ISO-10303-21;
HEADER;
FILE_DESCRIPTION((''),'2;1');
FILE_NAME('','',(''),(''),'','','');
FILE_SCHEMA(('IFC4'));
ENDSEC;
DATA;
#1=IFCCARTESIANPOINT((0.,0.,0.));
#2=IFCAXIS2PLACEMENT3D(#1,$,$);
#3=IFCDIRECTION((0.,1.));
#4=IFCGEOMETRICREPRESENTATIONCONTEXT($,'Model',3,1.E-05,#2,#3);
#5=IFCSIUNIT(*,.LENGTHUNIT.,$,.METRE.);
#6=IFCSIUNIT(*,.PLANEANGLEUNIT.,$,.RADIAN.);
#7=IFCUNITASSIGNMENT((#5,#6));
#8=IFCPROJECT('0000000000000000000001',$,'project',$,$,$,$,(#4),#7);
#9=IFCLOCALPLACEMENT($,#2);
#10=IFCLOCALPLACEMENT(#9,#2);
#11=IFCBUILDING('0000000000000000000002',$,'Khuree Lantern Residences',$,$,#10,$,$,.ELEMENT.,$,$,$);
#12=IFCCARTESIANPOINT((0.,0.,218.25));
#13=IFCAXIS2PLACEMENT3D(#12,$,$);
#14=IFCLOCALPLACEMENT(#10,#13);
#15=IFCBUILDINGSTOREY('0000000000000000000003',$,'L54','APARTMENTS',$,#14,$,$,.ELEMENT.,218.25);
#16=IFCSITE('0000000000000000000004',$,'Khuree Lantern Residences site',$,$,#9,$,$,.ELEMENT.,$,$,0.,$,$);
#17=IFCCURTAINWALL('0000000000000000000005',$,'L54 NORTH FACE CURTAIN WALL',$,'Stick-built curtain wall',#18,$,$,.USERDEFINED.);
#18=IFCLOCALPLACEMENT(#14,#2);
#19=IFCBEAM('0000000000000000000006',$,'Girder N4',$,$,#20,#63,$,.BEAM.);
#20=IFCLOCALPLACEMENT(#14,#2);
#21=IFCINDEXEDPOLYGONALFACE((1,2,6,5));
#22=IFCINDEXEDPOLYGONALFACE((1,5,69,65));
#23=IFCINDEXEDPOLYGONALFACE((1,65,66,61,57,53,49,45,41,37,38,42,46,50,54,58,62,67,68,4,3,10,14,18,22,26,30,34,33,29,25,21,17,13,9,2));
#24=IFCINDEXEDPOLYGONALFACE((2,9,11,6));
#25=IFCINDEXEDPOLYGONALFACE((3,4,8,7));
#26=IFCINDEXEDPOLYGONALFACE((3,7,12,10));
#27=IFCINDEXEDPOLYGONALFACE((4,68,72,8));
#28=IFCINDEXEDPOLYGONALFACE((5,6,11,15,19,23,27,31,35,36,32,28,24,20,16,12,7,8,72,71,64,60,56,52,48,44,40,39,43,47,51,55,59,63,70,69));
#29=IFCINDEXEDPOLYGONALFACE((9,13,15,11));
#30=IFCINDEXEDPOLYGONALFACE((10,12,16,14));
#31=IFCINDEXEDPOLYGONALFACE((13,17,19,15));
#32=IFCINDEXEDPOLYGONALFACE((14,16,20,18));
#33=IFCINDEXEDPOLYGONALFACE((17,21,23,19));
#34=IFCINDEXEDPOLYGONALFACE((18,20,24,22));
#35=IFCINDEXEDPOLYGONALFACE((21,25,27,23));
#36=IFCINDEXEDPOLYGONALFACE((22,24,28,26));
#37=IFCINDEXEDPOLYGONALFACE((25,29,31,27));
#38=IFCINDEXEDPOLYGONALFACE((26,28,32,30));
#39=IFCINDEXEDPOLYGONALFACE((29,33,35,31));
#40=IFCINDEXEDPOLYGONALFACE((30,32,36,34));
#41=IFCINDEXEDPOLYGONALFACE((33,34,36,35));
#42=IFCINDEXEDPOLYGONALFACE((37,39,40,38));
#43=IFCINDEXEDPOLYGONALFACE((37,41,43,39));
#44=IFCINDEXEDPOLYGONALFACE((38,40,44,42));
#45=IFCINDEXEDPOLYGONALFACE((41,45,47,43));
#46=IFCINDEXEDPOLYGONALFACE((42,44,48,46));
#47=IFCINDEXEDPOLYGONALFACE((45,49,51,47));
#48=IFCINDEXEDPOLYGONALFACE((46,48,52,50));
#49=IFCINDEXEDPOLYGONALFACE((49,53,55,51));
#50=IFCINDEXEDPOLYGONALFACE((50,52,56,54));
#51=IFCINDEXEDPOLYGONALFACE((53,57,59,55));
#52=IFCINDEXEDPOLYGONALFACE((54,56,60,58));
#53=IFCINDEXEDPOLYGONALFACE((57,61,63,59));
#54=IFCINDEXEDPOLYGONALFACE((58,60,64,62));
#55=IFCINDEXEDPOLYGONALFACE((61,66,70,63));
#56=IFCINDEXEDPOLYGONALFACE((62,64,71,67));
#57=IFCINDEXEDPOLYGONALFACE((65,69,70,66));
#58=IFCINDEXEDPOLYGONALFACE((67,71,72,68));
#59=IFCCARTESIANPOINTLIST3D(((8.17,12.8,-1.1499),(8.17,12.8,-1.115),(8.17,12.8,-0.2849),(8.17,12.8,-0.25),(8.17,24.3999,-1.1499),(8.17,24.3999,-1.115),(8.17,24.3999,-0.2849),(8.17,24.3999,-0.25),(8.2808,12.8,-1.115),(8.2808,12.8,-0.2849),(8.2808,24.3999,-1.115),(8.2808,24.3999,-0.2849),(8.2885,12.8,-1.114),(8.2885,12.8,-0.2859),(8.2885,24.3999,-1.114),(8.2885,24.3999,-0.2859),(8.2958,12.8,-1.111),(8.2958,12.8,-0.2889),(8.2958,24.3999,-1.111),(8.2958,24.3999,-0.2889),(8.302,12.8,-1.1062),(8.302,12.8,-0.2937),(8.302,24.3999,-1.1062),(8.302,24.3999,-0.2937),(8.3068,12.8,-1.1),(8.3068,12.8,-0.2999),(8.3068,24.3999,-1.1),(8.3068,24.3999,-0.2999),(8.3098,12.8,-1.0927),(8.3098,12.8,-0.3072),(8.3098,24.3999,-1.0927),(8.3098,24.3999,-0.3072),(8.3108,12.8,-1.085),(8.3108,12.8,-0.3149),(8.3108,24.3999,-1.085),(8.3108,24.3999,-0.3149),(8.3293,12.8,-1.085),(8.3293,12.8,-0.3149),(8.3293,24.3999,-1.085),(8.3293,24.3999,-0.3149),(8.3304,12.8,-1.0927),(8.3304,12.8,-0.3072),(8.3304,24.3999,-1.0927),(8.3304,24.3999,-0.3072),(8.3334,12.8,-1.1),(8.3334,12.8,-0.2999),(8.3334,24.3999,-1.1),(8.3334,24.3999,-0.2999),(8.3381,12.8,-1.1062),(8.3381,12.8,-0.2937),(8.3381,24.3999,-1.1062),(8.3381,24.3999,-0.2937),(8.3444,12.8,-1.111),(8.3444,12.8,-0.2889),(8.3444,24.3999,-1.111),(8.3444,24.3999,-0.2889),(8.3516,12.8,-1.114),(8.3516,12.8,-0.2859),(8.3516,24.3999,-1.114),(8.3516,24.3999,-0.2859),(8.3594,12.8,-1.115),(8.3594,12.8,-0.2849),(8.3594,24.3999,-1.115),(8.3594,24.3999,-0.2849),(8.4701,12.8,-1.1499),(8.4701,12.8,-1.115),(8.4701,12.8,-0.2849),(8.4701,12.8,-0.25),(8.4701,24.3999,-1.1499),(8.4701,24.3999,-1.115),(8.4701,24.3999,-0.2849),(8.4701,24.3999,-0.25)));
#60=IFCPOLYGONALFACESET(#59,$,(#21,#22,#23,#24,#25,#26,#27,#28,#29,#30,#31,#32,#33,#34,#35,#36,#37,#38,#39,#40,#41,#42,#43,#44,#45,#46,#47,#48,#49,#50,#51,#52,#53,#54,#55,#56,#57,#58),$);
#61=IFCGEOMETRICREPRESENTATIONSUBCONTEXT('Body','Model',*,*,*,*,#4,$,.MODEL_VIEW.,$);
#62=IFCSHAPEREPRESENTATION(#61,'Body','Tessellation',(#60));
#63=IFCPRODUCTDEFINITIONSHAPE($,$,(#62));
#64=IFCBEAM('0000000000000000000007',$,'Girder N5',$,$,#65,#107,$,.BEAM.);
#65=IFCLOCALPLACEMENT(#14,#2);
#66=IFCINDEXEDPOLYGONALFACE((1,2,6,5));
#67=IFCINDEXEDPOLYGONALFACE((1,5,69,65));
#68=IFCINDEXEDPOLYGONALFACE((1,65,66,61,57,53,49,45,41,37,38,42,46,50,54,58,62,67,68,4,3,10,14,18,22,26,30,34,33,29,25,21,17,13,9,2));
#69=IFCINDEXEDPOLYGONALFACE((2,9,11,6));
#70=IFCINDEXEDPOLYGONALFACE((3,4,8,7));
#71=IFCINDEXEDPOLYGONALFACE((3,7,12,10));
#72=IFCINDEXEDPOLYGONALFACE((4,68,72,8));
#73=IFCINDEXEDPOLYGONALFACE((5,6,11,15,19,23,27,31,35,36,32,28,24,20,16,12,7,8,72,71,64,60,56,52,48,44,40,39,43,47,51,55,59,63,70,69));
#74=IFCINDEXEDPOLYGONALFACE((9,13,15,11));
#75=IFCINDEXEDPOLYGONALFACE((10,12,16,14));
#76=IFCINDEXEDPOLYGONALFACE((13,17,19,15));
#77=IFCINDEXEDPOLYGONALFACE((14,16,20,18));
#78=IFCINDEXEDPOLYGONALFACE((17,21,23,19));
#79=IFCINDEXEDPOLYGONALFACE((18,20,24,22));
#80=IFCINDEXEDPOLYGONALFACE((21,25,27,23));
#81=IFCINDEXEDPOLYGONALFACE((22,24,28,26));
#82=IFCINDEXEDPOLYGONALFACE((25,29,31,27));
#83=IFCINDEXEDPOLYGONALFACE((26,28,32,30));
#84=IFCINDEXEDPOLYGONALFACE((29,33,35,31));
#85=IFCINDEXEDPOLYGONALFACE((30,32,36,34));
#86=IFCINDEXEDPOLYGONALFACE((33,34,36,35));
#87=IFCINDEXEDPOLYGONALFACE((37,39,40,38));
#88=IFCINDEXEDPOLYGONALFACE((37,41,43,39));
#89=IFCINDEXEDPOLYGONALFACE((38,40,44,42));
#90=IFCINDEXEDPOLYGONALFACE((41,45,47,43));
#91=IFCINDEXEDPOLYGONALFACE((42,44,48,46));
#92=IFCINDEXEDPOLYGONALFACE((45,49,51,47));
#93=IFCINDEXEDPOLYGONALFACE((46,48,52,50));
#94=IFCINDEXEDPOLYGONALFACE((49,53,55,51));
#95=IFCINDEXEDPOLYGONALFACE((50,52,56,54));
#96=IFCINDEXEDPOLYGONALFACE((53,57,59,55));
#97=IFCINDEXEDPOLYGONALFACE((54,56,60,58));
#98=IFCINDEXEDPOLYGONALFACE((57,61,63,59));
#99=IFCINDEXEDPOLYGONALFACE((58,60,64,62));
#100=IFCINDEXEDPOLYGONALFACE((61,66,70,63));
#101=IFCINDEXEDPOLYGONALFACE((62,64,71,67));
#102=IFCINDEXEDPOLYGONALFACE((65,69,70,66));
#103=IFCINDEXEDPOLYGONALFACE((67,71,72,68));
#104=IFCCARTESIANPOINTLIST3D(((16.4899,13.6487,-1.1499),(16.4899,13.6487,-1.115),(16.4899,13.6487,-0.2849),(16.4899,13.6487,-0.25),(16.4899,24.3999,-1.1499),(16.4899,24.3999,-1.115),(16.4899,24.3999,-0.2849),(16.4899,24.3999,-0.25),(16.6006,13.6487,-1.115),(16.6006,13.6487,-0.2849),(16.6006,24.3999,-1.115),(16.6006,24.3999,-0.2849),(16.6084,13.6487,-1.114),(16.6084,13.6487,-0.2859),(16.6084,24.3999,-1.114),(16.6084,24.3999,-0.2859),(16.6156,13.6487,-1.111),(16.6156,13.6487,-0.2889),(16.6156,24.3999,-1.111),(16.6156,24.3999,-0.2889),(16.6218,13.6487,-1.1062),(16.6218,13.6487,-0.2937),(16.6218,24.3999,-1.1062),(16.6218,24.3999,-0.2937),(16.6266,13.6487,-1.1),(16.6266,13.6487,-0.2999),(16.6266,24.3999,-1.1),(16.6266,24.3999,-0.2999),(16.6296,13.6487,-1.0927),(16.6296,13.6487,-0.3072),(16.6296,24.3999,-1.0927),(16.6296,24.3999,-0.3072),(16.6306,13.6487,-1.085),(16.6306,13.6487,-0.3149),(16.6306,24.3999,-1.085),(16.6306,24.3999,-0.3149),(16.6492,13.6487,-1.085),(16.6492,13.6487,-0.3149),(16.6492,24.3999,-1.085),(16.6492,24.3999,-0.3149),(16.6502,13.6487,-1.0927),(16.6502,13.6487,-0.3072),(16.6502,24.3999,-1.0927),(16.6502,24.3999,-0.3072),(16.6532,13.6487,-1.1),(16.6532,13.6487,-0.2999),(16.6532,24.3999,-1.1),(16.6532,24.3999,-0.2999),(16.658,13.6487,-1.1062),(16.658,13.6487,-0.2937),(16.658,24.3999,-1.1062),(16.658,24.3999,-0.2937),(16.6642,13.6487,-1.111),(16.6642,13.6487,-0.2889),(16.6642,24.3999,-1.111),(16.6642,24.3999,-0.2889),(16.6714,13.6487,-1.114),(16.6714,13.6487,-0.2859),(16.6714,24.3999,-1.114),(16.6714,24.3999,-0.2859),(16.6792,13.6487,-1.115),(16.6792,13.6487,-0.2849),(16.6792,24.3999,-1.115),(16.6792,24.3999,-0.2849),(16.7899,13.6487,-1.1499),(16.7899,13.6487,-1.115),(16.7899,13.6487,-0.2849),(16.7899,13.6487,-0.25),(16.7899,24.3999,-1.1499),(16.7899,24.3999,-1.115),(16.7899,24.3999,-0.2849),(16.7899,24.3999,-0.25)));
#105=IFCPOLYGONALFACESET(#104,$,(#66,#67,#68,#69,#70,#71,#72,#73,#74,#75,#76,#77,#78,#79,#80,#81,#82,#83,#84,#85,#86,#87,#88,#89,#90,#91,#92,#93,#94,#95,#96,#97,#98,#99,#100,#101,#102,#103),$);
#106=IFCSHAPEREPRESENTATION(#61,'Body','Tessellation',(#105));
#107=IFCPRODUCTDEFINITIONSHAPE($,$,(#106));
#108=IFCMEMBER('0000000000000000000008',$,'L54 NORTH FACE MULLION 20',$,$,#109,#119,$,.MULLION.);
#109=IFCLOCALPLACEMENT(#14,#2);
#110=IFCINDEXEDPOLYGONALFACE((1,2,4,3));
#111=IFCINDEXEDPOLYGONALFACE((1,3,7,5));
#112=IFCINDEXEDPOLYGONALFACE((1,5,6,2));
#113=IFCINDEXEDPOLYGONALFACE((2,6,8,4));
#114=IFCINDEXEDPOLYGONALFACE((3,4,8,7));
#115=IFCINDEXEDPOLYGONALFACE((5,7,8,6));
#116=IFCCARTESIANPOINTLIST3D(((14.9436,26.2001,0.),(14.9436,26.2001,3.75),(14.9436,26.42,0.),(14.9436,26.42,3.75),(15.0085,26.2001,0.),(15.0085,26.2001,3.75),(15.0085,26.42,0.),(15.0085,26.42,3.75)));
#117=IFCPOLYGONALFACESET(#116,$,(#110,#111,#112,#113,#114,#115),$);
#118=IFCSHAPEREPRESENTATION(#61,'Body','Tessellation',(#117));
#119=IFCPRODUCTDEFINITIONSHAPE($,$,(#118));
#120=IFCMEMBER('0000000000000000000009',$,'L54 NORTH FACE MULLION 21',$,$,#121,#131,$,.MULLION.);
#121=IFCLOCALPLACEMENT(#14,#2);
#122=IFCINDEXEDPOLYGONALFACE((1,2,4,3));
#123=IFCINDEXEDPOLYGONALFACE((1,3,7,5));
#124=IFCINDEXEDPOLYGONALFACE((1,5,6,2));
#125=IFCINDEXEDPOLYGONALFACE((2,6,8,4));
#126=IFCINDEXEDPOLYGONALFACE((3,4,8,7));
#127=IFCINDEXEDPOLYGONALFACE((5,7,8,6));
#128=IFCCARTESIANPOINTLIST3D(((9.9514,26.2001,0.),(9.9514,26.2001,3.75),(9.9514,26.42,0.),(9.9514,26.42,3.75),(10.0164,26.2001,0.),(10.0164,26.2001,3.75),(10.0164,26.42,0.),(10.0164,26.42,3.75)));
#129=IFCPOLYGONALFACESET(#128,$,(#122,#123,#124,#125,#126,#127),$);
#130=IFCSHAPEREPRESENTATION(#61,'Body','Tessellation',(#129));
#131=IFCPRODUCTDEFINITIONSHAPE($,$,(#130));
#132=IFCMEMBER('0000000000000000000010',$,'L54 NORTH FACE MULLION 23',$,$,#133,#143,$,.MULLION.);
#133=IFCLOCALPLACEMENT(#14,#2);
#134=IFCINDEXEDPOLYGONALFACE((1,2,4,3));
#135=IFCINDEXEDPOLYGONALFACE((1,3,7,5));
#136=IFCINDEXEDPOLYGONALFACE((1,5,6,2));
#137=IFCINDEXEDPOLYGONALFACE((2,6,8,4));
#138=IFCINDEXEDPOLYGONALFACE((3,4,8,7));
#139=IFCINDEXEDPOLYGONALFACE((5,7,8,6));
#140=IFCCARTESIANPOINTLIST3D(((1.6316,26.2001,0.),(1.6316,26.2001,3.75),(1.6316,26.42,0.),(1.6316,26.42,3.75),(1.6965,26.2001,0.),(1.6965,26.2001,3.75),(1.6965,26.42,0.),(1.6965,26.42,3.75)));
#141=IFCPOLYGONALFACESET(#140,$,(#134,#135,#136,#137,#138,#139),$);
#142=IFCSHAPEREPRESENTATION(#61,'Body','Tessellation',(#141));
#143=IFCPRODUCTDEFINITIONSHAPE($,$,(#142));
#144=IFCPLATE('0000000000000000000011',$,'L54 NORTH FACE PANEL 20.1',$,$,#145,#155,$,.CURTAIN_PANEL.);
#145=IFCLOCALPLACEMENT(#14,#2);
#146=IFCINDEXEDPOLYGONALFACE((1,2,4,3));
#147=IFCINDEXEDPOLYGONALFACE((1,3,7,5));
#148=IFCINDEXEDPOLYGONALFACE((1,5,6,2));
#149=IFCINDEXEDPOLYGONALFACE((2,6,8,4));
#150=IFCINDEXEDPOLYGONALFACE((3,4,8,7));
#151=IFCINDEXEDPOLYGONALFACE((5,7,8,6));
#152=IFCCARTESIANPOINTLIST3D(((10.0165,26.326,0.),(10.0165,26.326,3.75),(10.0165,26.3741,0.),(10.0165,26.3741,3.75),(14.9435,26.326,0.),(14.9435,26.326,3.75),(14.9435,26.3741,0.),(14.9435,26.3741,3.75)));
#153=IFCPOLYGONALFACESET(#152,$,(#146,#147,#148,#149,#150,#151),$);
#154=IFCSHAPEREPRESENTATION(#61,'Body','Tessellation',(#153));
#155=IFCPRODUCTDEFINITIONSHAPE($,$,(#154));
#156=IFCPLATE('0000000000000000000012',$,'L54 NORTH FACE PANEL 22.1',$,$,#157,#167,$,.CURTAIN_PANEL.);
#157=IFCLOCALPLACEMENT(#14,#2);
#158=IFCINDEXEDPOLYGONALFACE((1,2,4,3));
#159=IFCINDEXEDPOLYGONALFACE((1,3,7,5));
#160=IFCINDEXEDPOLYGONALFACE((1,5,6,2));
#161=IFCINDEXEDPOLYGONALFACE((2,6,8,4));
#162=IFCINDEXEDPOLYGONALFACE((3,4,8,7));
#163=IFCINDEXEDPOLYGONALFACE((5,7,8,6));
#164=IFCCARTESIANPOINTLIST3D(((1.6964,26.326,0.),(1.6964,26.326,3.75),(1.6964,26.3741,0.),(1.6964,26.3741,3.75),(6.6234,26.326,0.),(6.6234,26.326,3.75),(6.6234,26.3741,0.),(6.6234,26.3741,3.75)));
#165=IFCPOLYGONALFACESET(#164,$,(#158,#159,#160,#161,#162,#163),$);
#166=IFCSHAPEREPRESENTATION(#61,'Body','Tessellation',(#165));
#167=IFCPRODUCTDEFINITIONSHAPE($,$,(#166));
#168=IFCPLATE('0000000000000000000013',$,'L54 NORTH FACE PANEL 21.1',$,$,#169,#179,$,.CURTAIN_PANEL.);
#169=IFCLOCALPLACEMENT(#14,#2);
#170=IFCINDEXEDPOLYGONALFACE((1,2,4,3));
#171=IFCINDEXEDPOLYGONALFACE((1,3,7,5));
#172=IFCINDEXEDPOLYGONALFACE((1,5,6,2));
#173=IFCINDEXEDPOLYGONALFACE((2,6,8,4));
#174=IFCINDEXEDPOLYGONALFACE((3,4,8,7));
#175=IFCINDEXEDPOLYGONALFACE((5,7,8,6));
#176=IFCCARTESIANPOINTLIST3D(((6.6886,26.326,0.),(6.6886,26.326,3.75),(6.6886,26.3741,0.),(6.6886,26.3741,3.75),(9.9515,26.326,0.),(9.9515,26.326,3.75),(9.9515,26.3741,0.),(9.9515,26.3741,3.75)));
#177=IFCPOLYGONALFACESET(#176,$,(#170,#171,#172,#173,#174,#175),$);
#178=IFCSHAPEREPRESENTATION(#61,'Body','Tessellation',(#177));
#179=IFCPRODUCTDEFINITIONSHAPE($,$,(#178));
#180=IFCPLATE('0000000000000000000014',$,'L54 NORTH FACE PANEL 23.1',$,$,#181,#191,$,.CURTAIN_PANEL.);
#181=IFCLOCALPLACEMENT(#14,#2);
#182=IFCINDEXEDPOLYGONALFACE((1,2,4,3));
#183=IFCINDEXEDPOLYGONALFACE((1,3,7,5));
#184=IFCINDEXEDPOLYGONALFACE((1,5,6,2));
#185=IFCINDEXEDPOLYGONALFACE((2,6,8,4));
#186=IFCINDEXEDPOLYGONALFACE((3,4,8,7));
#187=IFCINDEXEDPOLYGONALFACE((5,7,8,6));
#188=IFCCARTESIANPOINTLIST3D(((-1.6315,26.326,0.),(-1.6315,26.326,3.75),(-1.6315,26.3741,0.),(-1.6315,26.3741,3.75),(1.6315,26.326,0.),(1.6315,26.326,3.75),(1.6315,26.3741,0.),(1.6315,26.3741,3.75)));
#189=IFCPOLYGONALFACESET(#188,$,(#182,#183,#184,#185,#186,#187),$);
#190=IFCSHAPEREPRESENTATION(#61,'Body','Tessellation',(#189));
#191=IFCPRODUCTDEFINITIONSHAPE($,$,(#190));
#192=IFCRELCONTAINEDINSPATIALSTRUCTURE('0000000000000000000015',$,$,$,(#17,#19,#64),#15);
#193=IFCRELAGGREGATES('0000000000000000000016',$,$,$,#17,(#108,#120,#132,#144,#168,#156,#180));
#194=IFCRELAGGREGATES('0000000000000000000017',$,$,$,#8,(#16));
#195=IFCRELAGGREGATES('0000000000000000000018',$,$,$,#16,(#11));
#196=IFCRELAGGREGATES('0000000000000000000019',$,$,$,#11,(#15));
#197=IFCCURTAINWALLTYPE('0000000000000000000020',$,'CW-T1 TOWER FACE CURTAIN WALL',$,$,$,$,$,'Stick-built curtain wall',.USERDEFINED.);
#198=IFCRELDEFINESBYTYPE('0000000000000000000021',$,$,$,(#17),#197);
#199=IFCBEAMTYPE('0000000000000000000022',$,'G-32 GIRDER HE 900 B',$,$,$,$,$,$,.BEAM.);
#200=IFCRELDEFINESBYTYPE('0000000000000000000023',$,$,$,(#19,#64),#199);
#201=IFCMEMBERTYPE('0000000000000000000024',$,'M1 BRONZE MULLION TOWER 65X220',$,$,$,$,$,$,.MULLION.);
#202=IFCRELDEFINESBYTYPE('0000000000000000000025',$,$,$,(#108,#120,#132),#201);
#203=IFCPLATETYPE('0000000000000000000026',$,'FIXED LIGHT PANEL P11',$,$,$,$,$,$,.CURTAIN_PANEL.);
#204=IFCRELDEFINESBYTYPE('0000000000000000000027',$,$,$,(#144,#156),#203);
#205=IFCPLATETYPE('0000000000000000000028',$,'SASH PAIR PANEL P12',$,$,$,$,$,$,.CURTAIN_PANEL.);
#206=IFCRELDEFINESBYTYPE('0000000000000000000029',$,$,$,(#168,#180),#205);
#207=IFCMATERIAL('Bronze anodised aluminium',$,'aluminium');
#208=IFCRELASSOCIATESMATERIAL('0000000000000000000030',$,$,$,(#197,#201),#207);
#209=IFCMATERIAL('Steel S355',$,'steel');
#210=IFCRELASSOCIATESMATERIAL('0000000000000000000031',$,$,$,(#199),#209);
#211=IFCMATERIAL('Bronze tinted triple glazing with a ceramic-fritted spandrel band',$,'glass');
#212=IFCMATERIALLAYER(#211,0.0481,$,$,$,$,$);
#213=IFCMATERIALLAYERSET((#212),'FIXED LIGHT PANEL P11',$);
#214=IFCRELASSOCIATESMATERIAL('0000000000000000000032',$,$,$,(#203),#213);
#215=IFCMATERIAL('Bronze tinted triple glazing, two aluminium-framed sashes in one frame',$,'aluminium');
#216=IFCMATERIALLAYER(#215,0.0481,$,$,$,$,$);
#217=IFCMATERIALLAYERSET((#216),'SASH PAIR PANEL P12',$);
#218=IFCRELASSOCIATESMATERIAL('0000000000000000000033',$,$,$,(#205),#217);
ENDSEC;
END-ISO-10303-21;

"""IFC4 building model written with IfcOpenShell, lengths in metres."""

from ifc_helpers import new_model, si_unit, direction, frame, origin, origin_2d, place, context, subcontext, project, spatial, rectangle, i_section, extrude, material, layer, layer_set, material_profile, profile_set, type_object, element, aggregate, save


model = new_model("IFC4")

# Units and contexts
model_context = context("Model", 3, precision=1e-05, world=origin(), true_north=direction((0.0, 1.0)))
body_context = subcontext(model_context, "Body", "Model", "MODEL_VIEW")
ifc_project = project(units=[si_unit("LENGTHUNIT", "METRE"), si_unit("PLANEANGLEUNIT", "RADIAN")], contexts=[model_context])

# Site, building, storey
site_placement = place(None, origin())
site = spatial("IfcSite", under=ifc_project, at=site_placement, Name="Khuree Lantern Residences site", CompositionType="ELEMENT", RefElevation=0.0)
building_placement = place(site_placement, origin())
building = spatial("IfcBuilding", under=site, at=building_placement, Name="Khuree Lantern Residences", CompositionType="ELEMENT")
storey_placement = place(building_placement, frame((0.0, 0.0, 218.25)))
storey = spatial("IfcBuildingStorey", under=building, at=storey_placement, Name="L54", Description="APARTMENTS", CompositionType="ELEMENT", Elevation=218.25)

# Shared definitions
ifc_material_1 = material(Name="Steel S355", Category="steel")

# Curtain wall
ifc_material_2 = material(Name="Bronze anodised aluminium", Category="aluminium")
curtain_wall_type = type_object("IfcCurtainWallType", Name="CW-T1 TOWER FACE CURTAIN WALL", ElementType="Stick-built curtain wall", PredefinedType="USERDEFINED", material=ifc_material_2)
curtain_wall_placement = place(storey_placement, origin())
curtain_wall = element("IfcCurtainWall", 1, at=curtain_wall_placement, inside=storey, type_object=curtain_wall_type, Name="L54 NORTH FACE CURTAIN WALL", ObjectType="Stick-built curtain wall", PredefinedType="USERDEFINED")

# Beams
ifc_material_profile_1 = material_profile(ifc_material_1, i_section(OverallWidth=0.3, OverallDepth=0.8999, WebThickness=0.0186, FlangeThickness=0.0349, FilletRadius=0.03, at=origin_2d()), Name="HE 900 B")
ifc_profile_set_1 = profile_set([ifc_material_profile_1], Name="Steel S355")
beam_type_1 = type_object("IfcBeamType", Name="G-32 GIRDER HE 900 B", PredefinedType="BEAM", material=ifc_profile_set_1)
for number, where, z_axis, x_axis, name in (
    (2, (8.3201, 24.3999, -0.7), (0.0, -1.0, 0.0), (1.0, 0.0, 0.0), "Girder N4"),
):
    element("IfcBeam", number, at=place(storey_placement, frame(where, z_axis=z_axis, x_axis=x_axis)), inside=storey, type_object=beam_type_1, Name=name, PredefinedType="BEAM", context=body_context, shape_type="SweptSolid", body=[
        extrude(i_section(OverallWidth=0.3, OverallDepth=0.8999, WebThickness=0.0186, FlangeThickness=0.0349, FilletRadius=0.03, at=origin_2d()), origin(), (0.0, 0.0, 1.0), 11.5999),
    ])
beam_1_placement = place(storey_placement, frame((16.6399, 24.3999, -0.7), z_axis=(0.0, -1.0, 0.0), x_axis=(1.0, 0.0, 0.0)))
element("IfcBeam", 3, at=beam_1_placement, inside=storey, type_object=beam_type_1, Name="Girder N5", PredefinedType="BEAM", context=body_context, shape_type="SweptSolid", body=[
    extrude(i_section(OverallWidth=0.3, OverallDepth=0.8999, WebThickness=0.0186, FlangeThickness=0.0349, FilletRadius=0.03, at=origin_2d()), origin(), (0.0, 0.0, 1.0), 10.7512),
])

# Members
ifc_material_profile_2 = material_profile(ifc_material_2, rectangle(XDim=0.0649, YDim=0.22, at=origin_2d()), Name="M1 65X220")
ifc_profile_set_2 = profile_set([ifc_material_profile_2], Name="Bronze anodised aluminium")
member_type_1 = type_object("IfcMemberType", Name="M1 BRONZE MULLION TOWER 65X220", PredefinedType="MULLION", material=ifc_profile_set_2)
member_1_placement = place(storey_placement, frame((14.9761, 26.3101, 0.0), z_axis=(0.0, 0.0, 1.0), x_axis=(-1.0, 0.0, 0.0)))
member_1 = element("IfcMember", 4, at=member_1_placement, type_object=member_type_1, Name="L54 NORTH FACE MULLION 20", PredefinedType="MULLION", context=body_context, shape_type="SweptSolid", body=[
    extrude(rectangle(XDim=0.0649, YDim=0.22, at=origin_2d()), origin(), (0.0, 0.0, 1.0), 3.75),
])
member_2_placement = place(storey_placement, frame((9.9839, 26.3101, 0.0), z_axis=(0.0, 0.0, 1.0), x_axis=(-1.0, 0.0, 0.0)))
member_2 = element("IfcMember", 5, at=member_2_placement, type_object=member_type_1, Name="L54 NORTH FACE MULLION 21", PredefinedType="MULLION", context=body_context, shape_type="SweptSolid", body=[
    extrude(rectangle(XDim=0.0649, YDim=0.22, at=origin_2d()), origin(), (0.0, 0.0, 1.0), 3.75),
])
member_3_placement = place(storey_placement, frame((1.6641, 26.3101, 0.0), z_axis=(0.0, 0.0, 1.0), x_axis=(-1.0, 0.0, 0.0)))
member_3 = element("IfcMember", 6, at=member_3_placement, type_object=member_type_1, Name="L54 NORTH FACE MULLION 23", PredefinedType="MULLION", context=body_context, shape_type="SweptSolid", body=[
    extrude(rectangle(XDim=0.0649, YDim=0.22, at=origin_2d()), origin(), (0.0, 0.0, 1.0), 3.75),
])

# Plates
ifc_material_3 = material(Name="Bronze tinted triple glazing with a ceramic-fritted spandrel band", Category="glass")
ifc_layer_1 = layer(ifc_material_3, 0.0481)
ifc_layer_set_1 = layer_set([ifc_layer_1], Name="FIXED LIGHT PANEL P11")
plate_type_1 = type_object("IfcPlateType", Name="FIXED LIGHT PANEL P11", PredefinedType="CURTAIN_PANEL", material=ifc_layer_set_1)
plate_1_placement = place(storey_placement, frame((12.48, 26.3501, 0.0), z_axis=(0.0, 0.0, 1.0), x_axis=(-1.0, 0.0, 0.0)))
plate_1 = element("IfcPlate", 7, at=plate_1_placement, type_object=plate_type_1, Name="L54 NORTH FACE PANEL 20.1", PredefinedType="CURTAIN_PANEL", context=body_context, shape_type="SweptSolid", body=[
    extrude(rectangle(XDim=4.927, YDim=0.0481, at=origin_2d()), origin(), (0.0, 0.0, 1.0), 3.75),
])
plate_2_placement = place(storey_placement, frame((4.1599, 26.3501, 0.0), z_axis=(0.0, 0.0, 1.0), x_axis=(-1.0, 0.0, 0.0)))
plate_2 = element("IfcPlate", 8, at=plate_2_placement, type_object=plate_type_1, Name="L54 NORTH FACE PANEL 22.1", PredefinedType="CURTAIN_PANEL", context=body_context, shape_type="SweptSolid", body=[
    extrude(rectangle(XDim=4.927, YDim=0.0481, at=origin_2d()), origin(), (0.0, 0.0, 1.0), 3.75),
])
ifc_material_4 = material(Name="Bronze tinted triple glazing, two aluminium-framed sashes in one frame", Category="aluminium")
ifc_layer_2 = layer(ifc_material_4, 0.0481)
ifc_layer_set_2 = layer_set([ifc_layer_2], Name="SASH PAIR PANEL P12")
plate_type_2 = type_object("IfcPlateType", Name="SASH PAIR PANEL P12", PredefinedType="CURTAIN_PANEL", material=ifc_layer_set_2)
plate_3_placement = place(storey_placement, frame((8.3201, 26.3501, 0.0), z_axis=(0.0, 0.0, 1.0), x_axis=(-1.0, 0.0, 0.0)))
plate_3 = element("IfcPlate", 9, at=plate_3_placement, type_object=plate_type_2, Name="L54 NORTH FACE PANEL 21.1", PredefinedType="CURTAIN_PANEL", context=body_context, shape_type="SweptSolid", body=[
    extrude(rectangle(XDim=3.2629, YDim=0.0481, at=origin_2d()), origin(), (0.0, 0.0, 1.0), 3.75),
])
plate_4_placement = place(storey_placement, frame((0.0, 26.3501, 0.0), z_axis=(0.0, 0.0, 1.0), x_axis=(-1.0, 0.0, 0.0)))
plate_4 = element("IfcPlate", 10, at=plate_4_placement, type_object=plate_type_2, Name="L54 NORTH FACE PANEL 23.1", PredefinedType="CURTAIN_PANEL", context=body_context, shape_type="SweptSolid", body=[
    extrude(rectangle(XDim=3.2629, YDim=0.0481, at=origin_2d()), origin(), (0.0, 0.0, 1.0), 3.75),
])
aggregate(curtain_wall, [member_1, member_2, member_3, plate_1, plate_3, plate_2, plate_4])

save(model, "model.ifc")
